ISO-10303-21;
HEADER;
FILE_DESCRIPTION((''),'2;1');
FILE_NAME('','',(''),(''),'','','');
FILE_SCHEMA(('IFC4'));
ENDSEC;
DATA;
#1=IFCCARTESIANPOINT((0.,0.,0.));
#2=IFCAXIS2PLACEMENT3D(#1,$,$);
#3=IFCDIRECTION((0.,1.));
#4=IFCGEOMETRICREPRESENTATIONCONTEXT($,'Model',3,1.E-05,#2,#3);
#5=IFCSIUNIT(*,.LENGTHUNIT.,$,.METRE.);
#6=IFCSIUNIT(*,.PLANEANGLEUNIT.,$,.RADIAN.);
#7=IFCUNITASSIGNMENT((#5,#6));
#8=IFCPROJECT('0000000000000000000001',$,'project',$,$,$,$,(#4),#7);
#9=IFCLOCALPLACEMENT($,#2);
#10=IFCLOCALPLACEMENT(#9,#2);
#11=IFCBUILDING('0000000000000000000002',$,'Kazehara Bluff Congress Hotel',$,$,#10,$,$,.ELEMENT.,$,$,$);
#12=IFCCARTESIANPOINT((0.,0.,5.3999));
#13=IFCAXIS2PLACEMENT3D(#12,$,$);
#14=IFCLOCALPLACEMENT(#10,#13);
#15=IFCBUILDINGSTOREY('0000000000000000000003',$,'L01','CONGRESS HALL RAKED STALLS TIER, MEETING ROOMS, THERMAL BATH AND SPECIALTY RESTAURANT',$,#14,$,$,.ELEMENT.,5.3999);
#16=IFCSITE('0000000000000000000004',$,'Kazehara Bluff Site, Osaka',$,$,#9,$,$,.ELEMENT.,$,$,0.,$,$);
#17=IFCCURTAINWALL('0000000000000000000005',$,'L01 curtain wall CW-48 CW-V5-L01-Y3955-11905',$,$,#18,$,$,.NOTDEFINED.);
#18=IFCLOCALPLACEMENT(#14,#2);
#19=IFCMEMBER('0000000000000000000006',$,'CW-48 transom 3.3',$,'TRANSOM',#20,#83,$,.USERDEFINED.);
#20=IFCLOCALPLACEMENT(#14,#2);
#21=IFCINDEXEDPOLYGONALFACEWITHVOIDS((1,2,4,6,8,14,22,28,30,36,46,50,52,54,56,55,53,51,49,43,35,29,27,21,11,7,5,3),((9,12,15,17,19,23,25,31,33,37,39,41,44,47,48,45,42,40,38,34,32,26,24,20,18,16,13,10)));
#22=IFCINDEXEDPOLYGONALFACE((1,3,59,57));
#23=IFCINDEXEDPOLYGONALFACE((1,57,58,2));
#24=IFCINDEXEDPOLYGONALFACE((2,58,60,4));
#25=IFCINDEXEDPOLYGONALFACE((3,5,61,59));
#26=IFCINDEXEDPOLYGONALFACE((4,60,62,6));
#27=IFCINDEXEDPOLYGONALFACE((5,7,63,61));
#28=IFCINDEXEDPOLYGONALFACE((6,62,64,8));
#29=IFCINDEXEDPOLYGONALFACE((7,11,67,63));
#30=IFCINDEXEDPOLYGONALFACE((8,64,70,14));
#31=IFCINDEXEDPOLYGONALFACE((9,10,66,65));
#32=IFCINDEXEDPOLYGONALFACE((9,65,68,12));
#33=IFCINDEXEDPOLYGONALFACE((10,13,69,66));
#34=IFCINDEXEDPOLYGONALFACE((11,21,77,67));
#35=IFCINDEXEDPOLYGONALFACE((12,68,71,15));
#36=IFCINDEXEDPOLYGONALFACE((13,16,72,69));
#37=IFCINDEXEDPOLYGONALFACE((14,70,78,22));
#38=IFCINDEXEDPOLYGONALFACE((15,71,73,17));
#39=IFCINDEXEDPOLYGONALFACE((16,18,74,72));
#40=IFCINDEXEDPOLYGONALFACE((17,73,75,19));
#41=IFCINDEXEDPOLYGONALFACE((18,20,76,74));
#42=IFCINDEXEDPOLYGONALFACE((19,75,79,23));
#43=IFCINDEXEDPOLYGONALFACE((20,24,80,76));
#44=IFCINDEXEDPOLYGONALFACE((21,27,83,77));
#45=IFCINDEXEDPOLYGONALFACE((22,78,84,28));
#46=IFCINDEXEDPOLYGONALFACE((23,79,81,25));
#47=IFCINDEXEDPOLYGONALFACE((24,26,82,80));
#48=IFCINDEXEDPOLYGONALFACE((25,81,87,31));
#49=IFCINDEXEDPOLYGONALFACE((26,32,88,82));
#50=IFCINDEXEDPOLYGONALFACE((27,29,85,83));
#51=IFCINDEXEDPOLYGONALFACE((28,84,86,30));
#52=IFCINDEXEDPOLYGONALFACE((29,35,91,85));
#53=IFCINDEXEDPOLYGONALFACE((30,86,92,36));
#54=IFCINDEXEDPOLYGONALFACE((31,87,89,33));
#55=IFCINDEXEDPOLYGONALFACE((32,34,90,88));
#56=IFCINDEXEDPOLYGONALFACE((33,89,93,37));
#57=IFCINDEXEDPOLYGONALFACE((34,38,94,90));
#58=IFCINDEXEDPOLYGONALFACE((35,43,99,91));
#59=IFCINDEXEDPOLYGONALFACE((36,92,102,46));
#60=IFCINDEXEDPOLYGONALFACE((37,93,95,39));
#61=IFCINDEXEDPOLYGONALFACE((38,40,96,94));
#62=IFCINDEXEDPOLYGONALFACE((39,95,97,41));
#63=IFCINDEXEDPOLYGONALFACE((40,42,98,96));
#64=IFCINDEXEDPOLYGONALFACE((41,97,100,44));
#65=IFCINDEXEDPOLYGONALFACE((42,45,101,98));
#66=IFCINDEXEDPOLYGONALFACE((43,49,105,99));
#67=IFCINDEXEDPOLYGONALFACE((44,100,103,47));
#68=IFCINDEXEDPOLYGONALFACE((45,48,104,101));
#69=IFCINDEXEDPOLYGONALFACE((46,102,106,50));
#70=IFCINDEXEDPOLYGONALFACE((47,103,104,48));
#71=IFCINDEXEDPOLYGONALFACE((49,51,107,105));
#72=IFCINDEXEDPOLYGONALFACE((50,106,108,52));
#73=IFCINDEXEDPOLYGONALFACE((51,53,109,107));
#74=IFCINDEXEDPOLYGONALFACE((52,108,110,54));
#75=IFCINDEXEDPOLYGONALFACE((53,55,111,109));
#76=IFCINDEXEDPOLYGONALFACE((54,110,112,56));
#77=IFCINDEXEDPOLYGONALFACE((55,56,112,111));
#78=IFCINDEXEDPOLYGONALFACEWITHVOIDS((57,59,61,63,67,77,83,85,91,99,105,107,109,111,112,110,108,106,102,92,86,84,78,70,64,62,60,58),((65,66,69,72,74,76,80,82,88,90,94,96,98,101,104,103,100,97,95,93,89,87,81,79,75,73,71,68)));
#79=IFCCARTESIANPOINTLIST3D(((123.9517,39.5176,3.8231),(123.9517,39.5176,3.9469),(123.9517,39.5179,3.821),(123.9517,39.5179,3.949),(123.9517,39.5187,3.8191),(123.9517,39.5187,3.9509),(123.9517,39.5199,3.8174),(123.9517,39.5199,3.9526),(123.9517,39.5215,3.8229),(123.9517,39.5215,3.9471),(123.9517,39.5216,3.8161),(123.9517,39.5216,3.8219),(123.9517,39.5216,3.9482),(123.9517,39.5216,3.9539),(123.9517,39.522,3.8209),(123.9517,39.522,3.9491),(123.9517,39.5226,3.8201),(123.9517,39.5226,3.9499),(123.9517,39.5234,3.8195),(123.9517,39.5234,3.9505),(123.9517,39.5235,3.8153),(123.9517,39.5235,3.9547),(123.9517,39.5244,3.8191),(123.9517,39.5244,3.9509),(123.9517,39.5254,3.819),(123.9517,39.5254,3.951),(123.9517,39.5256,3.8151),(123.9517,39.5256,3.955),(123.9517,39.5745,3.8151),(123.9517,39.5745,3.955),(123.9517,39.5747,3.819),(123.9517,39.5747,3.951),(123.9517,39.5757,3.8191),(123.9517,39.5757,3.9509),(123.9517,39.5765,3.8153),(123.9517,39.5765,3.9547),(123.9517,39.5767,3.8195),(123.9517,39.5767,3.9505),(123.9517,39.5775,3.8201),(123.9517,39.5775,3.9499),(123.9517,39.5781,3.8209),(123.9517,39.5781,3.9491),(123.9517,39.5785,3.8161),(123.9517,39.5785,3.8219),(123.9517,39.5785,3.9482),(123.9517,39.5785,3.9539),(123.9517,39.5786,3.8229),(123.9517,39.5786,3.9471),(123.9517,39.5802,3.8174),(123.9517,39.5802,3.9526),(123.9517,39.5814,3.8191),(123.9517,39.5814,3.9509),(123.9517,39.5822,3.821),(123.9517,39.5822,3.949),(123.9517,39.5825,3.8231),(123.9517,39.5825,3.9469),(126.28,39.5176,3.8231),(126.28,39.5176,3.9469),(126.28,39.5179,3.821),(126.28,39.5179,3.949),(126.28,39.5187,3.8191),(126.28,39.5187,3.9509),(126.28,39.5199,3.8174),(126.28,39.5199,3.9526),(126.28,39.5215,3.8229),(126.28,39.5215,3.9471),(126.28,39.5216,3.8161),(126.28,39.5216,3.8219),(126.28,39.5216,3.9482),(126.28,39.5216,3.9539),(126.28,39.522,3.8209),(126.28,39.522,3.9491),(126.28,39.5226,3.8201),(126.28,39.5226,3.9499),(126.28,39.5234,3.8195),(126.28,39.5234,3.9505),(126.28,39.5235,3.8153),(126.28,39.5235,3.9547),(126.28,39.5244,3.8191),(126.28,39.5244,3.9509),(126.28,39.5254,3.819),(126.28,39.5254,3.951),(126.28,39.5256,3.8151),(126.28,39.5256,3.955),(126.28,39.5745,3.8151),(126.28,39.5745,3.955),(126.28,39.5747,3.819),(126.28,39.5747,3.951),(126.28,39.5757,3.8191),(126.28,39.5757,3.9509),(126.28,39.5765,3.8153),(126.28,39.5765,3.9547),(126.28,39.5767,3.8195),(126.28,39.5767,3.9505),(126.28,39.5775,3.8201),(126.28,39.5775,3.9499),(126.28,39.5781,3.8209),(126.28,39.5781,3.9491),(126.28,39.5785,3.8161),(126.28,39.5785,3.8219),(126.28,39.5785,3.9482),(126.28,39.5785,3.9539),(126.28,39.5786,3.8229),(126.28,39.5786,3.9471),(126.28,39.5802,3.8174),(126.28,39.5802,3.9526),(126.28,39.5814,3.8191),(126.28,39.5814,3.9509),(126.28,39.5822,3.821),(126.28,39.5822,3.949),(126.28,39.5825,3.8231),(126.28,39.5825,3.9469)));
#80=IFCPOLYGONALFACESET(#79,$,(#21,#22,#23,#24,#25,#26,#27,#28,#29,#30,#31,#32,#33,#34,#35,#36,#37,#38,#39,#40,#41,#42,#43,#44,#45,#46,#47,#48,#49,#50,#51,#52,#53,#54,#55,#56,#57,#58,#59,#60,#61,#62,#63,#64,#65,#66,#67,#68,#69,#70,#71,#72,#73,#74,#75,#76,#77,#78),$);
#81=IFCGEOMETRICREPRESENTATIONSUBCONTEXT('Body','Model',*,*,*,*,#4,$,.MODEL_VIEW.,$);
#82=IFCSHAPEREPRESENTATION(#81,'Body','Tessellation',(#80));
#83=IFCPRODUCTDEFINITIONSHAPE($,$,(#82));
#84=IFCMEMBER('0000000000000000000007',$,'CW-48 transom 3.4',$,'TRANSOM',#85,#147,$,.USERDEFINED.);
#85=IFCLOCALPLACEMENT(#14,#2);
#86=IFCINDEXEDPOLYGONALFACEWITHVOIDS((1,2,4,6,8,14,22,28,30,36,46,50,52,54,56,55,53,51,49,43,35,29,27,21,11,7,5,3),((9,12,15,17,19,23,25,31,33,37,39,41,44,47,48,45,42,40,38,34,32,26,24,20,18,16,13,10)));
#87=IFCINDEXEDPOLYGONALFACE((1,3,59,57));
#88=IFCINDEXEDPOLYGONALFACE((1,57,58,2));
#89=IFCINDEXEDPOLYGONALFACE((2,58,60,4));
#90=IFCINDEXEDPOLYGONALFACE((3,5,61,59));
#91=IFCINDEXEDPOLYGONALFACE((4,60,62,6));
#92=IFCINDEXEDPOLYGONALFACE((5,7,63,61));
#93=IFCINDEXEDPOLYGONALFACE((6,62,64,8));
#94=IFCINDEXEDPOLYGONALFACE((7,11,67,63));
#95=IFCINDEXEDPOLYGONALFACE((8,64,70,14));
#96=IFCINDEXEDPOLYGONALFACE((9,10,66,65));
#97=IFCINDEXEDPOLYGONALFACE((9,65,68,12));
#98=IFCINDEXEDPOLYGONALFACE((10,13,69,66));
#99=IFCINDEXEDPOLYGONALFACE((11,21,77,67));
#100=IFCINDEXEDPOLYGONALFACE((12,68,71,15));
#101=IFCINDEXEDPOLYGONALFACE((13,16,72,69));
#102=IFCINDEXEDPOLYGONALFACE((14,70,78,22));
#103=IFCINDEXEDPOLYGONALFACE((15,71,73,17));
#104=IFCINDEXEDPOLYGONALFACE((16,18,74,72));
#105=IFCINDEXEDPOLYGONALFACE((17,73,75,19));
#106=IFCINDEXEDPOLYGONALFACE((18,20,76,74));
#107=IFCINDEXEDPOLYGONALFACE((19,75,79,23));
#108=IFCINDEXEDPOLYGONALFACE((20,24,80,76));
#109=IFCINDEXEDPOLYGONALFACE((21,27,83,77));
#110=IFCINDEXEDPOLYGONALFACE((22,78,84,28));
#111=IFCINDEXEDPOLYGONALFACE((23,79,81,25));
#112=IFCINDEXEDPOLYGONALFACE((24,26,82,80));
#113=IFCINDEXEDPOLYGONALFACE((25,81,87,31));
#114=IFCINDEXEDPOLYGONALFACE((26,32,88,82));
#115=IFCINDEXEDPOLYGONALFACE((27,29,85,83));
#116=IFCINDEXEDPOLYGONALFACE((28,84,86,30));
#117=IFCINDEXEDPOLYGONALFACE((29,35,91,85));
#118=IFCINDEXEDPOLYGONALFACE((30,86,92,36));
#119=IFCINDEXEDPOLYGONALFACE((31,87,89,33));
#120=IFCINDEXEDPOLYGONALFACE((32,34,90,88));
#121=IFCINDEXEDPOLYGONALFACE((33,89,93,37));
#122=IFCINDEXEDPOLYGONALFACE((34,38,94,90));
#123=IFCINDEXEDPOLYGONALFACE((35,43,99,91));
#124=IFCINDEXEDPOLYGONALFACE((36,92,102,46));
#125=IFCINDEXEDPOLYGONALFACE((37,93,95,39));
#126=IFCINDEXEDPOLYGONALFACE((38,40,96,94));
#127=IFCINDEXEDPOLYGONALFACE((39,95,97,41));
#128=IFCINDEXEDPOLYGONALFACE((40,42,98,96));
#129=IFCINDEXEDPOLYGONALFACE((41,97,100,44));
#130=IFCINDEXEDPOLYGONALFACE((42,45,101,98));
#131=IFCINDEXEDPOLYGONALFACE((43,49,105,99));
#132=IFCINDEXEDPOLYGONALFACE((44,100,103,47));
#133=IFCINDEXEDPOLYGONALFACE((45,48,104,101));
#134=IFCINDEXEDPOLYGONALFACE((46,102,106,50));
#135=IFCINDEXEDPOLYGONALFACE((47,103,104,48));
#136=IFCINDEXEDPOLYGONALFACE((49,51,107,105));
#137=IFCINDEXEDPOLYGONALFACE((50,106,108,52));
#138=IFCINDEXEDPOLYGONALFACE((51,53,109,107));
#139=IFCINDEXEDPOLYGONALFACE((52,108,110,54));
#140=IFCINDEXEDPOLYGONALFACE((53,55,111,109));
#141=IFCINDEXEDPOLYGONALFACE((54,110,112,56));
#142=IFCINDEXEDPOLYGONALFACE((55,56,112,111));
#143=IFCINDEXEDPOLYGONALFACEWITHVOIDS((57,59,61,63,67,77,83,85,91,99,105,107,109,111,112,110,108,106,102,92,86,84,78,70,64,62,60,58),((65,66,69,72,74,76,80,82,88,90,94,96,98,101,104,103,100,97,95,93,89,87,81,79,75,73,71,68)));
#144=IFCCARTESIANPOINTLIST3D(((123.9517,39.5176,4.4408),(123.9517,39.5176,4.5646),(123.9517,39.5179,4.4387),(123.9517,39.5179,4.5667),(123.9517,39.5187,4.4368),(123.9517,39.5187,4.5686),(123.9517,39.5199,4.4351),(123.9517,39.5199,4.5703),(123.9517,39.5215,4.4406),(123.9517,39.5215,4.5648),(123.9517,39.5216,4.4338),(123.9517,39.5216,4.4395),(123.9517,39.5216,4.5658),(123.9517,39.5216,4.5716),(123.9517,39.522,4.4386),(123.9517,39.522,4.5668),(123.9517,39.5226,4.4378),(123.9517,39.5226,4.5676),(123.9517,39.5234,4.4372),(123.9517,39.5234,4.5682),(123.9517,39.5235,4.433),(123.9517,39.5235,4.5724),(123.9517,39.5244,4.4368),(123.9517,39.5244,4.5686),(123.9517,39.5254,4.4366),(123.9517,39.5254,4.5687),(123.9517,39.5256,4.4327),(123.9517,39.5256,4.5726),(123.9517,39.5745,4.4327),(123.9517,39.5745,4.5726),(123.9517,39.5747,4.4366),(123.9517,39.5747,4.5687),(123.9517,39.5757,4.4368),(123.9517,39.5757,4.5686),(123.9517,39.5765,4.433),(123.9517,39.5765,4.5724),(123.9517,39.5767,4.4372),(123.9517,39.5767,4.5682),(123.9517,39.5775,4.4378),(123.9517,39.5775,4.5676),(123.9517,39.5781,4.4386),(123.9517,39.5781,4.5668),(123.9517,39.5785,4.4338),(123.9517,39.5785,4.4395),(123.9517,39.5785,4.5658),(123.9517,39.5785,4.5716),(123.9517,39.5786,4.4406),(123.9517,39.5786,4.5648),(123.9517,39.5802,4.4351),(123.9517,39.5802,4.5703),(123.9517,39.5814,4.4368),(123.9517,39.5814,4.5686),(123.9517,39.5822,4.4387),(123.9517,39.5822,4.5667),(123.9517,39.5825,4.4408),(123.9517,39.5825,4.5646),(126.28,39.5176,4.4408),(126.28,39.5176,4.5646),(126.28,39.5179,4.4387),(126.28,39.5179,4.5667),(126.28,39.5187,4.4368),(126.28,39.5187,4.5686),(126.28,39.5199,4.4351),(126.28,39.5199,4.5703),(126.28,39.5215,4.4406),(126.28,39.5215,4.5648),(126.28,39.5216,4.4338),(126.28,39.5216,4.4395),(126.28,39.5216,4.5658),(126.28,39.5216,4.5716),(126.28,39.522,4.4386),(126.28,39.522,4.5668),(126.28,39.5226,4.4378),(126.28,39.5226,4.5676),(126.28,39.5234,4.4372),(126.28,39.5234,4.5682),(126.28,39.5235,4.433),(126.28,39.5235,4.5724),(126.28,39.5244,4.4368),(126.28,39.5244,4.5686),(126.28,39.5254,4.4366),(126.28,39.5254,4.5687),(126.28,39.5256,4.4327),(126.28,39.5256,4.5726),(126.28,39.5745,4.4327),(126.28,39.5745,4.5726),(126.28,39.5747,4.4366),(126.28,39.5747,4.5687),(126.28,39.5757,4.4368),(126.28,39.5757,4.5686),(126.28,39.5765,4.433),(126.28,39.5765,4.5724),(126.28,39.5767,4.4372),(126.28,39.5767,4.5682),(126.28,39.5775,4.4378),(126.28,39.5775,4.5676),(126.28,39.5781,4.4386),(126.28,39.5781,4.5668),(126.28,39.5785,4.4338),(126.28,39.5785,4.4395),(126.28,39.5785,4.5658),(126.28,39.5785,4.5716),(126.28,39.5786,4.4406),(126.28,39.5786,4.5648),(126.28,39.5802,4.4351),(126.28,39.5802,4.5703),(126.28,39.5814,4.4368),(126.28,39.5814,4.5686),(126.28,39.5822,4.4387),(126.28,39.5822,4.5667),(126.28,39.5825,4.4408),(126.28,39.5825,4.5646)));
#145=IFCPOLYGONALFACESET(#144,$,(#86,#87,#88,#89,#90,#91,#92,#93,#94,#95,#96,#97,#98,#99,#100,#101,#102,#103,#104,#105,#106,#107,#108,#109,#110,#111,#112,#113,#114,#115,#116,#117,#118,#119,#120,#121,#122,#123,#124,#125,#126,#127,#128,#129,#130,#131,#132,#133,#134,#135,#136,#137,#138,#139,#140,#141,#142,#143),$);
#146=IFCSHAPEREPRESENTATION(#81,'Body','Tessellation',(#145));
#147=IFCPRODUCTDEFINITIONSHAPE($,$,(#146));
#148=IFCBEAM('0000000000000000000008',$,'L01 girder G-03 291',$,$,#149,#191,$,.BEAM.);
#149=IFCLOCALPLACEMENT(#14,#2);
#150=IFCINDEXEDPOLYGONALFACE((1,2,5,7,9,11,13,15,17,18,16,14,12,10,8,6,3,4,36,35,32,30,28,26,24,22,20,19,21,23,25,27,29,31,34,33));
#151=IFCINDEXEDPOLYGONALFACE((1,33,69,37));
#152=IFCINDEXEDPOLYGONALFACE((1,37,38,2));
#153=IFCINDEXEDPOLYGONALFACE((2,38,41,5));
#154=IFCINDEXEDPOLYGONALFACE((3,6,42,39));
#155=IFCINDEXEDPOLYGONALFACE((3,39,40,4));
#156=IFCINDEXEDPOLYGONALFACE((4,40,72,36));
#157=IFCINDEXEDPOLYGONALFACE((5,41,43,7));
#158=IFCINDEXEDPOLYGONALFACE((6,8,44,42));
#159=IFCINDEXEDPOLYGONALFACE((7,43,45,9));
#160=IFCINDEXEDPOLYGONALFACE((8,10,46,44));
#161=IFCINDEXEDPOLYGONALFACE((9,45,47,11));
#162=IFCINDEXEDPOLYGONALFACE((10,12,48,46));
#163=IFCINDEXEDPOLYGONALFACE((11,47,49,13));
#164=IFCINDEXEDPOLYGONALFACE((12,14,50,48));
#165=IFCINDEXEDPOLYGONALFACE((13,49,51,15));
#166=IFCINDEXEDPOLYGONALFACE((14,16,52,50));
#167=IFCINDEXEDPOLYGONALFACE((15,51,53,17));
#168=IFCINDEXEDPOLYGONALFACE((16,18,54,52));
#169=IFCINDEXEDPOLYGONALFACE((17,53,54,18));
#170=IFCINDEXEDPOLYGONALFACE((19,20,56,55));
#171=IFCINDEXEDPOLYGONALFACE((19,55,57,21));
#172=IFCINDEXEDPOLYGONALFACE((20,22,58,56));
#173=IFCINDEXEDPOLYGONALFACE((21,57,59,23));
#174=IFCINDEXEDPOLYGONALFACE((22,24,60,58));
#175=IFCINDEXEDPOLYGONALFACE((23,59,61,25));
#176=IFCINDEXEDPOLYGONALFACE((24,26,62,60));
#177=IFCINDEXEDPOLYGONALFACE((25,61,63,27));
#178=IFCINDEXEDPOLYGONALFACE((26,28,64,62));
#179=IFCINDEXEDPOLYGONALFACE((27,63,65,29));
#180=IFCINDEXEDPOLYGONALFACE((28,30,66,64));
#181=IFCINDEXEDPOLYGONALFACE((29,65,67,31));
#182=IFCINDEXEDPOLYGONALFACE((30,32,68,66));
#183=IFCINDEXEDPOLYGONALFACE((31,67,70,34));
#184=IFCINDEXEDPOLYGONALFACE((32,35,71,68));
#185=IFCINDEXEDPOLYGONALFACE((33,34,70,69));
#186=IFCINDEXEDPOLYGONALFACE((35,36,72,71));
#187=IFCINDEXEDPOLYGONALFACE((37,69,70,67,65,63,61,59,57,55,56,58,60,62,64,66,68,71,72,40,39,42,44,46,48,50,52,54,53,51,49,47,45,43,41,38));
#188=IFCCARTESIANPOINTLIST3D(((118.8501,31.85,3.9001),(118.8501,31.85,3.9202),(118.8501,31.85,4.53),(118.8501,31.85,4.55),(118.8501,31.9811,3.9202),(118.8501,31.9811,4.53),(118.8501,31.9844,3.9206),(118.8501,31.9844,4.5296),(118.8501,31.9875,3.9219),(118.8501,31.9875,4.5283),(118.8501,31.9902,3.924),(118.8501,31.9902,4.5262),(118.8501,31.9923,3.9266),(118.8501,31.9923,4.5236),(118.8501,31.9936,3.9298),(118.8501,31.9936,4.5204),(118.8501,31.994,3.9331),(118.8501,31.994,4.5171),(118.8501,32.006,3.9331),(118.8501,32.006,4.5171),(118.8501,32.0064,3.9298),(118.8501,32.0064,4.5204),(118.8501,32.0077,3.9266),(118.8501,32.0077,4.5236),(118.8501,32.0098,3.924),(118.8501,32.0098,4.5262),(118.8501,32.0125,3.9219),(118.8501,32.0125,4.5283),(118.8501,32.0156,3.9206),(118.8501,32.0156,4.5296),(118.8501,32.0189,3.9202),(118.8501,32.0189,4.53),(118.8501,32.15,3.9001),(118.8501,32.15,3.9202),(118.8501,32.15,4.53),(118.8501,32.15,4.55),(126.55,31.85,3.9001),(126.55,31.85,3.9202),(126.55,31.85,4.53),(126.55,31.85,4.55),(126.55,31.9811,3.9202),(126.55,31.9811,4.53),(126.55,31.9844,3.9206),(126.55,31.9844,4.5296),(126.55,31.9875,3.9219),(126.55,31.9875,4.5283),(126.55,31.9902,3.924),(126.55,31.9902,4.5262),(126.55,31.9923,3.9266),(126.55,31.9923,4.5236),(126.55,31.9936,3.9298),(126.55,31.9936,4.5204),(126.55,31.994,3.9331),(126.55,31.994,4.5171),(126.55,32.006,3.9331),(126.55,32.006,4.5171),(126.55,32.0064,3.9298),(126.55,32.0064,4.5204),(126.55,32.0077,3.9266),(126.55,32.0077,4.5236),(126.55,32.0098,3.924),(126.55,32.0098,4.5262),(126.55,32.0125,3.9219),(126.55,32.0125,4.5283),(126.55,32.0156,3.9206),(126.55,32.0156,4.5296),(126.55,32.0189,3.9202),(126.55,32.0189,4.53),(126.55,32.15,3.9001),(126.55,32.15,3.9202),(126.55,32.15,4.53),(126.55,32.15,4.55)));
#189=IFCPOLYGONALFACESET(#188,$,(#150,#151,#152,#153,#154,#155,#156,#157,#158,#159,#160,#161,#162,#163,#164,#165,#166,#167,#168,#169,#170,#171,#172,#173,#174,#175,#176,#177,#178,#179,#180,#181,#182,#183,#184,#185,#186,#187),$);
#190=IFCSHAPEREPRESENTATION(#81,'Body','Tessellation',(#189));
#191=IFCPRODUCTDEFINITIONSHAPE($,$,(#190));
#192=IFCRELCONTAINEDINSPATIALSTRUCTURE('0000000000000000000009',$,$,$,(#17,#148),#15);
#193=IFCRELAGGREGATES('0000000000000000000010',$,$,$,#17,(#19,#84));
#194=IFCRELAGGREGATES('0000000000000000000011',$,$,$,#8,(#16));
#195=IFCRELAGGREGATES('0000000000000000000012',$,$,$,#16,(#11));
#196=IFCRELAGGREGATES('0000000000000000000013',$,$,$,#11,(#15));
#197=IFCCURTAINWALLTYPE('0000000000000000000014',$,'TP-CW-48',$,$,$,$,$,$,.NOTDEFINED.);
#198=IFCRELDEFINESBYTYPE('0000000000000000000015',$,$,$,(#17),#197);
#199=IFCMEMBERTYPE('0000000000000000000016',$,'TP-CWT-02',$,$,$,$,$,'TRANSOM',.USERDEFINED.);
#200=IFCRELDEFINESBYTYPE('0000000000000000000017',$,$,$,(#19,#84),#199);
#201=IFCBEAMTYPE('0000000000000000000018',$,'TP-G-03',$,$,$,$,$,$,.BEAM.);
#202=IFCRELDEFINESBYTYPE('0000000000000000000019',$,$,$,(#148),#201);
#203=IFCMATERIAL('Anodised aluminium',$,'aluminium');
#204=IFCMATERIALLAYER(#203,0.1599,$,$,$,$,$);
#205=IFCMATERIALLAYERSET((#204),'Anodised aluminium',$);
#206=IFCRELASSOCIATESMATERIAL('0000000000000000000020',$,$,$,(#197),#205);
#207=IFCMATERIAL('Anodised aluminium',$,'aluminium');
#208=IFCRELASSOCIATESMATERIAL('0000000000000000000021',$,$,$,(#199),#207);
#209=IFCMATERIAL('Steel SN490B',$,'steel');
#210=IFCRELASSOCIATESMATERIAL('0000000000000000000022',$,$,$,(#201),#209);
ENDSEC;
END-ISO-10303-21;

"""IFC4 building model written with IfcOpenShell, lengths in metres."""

from ifc_helpers import new_model, si_unit, direction, frame, origin, origin_2d, place, context, subcontext, project, spatial, hollow_rectangle, i_section, extrude, material, layer, layer_set, material_profile, profile_set, type_object, element, aggregate, save


model = new_model("IFC4")

# Units and contexts
model_context = context("Model", 3, precision=1e-05, world=origin(), true_north=direction((0.0, 1.0)))
body_context = subcontext(model_context, "Body", "Model", "MODEL_VIEW")
ifc_project = project(units=[si_unit("LENGTHUNIT", "METRE"), si_unit("PLANEANGLEUNIT", "RADIAN")], contexts=[model_context])

# Site, building, storey
site_placement = place(None, origin())
site = spatial("IfcSite", under=ifc_project, at=site_placement, Name="Kazehara Bluff Site, Osaka", CompositionType="ELEMENT", RefElevation=0.0)
building_placement = place(site_placement, origin())
building = spatial("IfcBuilding", under=site, at=building_placement, Name="Kazehara Bluff Congress Hotel", CompositionType="ELEMENT")
storey_placement = place(building_placement, frame((0.0, 0.0, 5.3999)))
storey = spatial("IfcBuildingStorey", under=building, at=storey_placement, Name="L01", Description="CONGRESS HALL RAKED STALLS TIER, MEETING ROOMS, THERMAL BATH AND SPECIALTY RESTAURANT", CompositionType="ELEMENT", Elevation=5.3999)

# Curtain wall, members
ifc_material_1 = material(Name="Anodised aluminium", Category="aluminium")
ifc_layer_1 = layer(ifc_material_1, 0.1599)
ifc_layer_set_1 = layer_set([ifc_layer_1], Name="Anodised aluminium")
curtain_wall_type_1 = type_object("IfcCurtainWallType", Name="TP-CW-48", PredefinedType="NOTDEFINED", material=ifc_layer_set_1)
curtain_wall_1_placement = place(storey_placement, origin())
curtain_wall_1 = element("IfcCurtainWall", 1, at=curtain_wall_1_placement, inside=storey, type_object=curtain_wall_type_1, Name="L01 curtain wall CW-48 CW-V5-L01-Y3955-11905", PredefinedType="NOTDEFINED")
ifc_material_2 = material(Name="Anodised aluminium", Category="aluminium")
ifc_material_profile_1 = material_profile(ifc_material_2, hollow_rectangle(XDim=0.0649, YDim=0.1399, WallThickness=0.0039, InnerFilletRadius=0.0039, OuterFilletRadius=0.0081, at=origin_2d()))
ifc_profile_set_1 = profile_set([ifc_material_profile_1], Name="Anodised aluminium")
member_type_1 = type_object("IfcMemberType", Name="TP-CWT-02", ElementType="TRANSOM", PredefinedType="USERDEFINED", material=ifc_profile_set_1)
member_1_placement = place(storey_placement, frame((123.9517, 39.55, 3.885), z_axis=(1.0, 0.0, 0.0), x_axis=(0.0, 1.0, 0.0)))
member_1 = element("IfcMember", 2, at=member_1_placement, type_object=member_type_1, Name="CW-48 transom 3.3", ObjectType="TRANSOM", PredefinedType="USERDEFINED", context=body_context, shape_type="SweptSolid", body=[
    extrude(hollow_rectangle(XDim=0.0649, YDim=0.1399, WallThickness=0.0039, InnerFilletRadius=0.0039, OuterFilletRadius=0.0081, at=origin_2d()), origin(), (0.0, 0.0, 1.0), 2.3284),
])
member_2_placement = place(storey_placement, frame((123.9517, 39.55, 4.5027), z_axis=(1.0, 0.0, 0.0), x_axis=(0.0, 1.0, 0.0)))
member_2 = element("IfcMember", 3, at=member_2_placement, type_object=member_type_1, Name="CW-48 transom 3.4", ObjectType="TRANSOM", PredefinedType="USERDEFINED", context=body_context, shape_type="SweptSolid", body=[
    extrude(hollow_rectangle(XDim=0.0649, YDim=0.1399, WallThickness=0.0039, InnerFilletRadius=0.0039, OuterFilletRadius=0.0081, at=origin_2d()), origin(), (0.0, 0.0, 1.0), 2.3284),
])

# Beam
ifc_material_3 = material(Name="Steel SN490B", Category="steel")
ifc_material_profile_2 = material_profile(ifc_material_3, i_section(OverallWidth=0.3, OverallDepth=0.6499, WebThickness=0.012, FlangeThickness=0.02, FilletRadius=0.0129, at=origin_2d()))
ifc_profile_set_2 = profile_set([ifc_material_profile_2], Name="Steel SN490B")
beam_type_1 = type_object("IfcBeamType", Name="TP-G-03", PredefinedType="BEAM", material=ifc_profile_set_2)
for number, where, z_axis, x_axis, name in (
    (4, (118.8501, 32.0, 4.2251), (1.0, 0.0, 0.0), (0.0, 1.0, 0.0), "L01 girder G-03 291"),
):
    element("IfcBeam", number, at=place(storey_placement, frame(where, z_axis=z_axis, x_axis=x_axis)), inside=storey, type_object=beam_type_1, Name=name, PredefinedType="BEAM", context=body_context, shape_type="SweptSolid", body=[
        extrude(i_section(OverallWidth=0.3, OverallDepth=0.6499, WebThickness=0.012, FlangeThickness=0.02, FilletRadius=0.0129, at=origin_2d()), origin(), (0.0, 0.0, 1.0), 7.7),
    ])

aggregate(curtain_wall_1, [member_1, member_2])

save(model, "model.ifc")
